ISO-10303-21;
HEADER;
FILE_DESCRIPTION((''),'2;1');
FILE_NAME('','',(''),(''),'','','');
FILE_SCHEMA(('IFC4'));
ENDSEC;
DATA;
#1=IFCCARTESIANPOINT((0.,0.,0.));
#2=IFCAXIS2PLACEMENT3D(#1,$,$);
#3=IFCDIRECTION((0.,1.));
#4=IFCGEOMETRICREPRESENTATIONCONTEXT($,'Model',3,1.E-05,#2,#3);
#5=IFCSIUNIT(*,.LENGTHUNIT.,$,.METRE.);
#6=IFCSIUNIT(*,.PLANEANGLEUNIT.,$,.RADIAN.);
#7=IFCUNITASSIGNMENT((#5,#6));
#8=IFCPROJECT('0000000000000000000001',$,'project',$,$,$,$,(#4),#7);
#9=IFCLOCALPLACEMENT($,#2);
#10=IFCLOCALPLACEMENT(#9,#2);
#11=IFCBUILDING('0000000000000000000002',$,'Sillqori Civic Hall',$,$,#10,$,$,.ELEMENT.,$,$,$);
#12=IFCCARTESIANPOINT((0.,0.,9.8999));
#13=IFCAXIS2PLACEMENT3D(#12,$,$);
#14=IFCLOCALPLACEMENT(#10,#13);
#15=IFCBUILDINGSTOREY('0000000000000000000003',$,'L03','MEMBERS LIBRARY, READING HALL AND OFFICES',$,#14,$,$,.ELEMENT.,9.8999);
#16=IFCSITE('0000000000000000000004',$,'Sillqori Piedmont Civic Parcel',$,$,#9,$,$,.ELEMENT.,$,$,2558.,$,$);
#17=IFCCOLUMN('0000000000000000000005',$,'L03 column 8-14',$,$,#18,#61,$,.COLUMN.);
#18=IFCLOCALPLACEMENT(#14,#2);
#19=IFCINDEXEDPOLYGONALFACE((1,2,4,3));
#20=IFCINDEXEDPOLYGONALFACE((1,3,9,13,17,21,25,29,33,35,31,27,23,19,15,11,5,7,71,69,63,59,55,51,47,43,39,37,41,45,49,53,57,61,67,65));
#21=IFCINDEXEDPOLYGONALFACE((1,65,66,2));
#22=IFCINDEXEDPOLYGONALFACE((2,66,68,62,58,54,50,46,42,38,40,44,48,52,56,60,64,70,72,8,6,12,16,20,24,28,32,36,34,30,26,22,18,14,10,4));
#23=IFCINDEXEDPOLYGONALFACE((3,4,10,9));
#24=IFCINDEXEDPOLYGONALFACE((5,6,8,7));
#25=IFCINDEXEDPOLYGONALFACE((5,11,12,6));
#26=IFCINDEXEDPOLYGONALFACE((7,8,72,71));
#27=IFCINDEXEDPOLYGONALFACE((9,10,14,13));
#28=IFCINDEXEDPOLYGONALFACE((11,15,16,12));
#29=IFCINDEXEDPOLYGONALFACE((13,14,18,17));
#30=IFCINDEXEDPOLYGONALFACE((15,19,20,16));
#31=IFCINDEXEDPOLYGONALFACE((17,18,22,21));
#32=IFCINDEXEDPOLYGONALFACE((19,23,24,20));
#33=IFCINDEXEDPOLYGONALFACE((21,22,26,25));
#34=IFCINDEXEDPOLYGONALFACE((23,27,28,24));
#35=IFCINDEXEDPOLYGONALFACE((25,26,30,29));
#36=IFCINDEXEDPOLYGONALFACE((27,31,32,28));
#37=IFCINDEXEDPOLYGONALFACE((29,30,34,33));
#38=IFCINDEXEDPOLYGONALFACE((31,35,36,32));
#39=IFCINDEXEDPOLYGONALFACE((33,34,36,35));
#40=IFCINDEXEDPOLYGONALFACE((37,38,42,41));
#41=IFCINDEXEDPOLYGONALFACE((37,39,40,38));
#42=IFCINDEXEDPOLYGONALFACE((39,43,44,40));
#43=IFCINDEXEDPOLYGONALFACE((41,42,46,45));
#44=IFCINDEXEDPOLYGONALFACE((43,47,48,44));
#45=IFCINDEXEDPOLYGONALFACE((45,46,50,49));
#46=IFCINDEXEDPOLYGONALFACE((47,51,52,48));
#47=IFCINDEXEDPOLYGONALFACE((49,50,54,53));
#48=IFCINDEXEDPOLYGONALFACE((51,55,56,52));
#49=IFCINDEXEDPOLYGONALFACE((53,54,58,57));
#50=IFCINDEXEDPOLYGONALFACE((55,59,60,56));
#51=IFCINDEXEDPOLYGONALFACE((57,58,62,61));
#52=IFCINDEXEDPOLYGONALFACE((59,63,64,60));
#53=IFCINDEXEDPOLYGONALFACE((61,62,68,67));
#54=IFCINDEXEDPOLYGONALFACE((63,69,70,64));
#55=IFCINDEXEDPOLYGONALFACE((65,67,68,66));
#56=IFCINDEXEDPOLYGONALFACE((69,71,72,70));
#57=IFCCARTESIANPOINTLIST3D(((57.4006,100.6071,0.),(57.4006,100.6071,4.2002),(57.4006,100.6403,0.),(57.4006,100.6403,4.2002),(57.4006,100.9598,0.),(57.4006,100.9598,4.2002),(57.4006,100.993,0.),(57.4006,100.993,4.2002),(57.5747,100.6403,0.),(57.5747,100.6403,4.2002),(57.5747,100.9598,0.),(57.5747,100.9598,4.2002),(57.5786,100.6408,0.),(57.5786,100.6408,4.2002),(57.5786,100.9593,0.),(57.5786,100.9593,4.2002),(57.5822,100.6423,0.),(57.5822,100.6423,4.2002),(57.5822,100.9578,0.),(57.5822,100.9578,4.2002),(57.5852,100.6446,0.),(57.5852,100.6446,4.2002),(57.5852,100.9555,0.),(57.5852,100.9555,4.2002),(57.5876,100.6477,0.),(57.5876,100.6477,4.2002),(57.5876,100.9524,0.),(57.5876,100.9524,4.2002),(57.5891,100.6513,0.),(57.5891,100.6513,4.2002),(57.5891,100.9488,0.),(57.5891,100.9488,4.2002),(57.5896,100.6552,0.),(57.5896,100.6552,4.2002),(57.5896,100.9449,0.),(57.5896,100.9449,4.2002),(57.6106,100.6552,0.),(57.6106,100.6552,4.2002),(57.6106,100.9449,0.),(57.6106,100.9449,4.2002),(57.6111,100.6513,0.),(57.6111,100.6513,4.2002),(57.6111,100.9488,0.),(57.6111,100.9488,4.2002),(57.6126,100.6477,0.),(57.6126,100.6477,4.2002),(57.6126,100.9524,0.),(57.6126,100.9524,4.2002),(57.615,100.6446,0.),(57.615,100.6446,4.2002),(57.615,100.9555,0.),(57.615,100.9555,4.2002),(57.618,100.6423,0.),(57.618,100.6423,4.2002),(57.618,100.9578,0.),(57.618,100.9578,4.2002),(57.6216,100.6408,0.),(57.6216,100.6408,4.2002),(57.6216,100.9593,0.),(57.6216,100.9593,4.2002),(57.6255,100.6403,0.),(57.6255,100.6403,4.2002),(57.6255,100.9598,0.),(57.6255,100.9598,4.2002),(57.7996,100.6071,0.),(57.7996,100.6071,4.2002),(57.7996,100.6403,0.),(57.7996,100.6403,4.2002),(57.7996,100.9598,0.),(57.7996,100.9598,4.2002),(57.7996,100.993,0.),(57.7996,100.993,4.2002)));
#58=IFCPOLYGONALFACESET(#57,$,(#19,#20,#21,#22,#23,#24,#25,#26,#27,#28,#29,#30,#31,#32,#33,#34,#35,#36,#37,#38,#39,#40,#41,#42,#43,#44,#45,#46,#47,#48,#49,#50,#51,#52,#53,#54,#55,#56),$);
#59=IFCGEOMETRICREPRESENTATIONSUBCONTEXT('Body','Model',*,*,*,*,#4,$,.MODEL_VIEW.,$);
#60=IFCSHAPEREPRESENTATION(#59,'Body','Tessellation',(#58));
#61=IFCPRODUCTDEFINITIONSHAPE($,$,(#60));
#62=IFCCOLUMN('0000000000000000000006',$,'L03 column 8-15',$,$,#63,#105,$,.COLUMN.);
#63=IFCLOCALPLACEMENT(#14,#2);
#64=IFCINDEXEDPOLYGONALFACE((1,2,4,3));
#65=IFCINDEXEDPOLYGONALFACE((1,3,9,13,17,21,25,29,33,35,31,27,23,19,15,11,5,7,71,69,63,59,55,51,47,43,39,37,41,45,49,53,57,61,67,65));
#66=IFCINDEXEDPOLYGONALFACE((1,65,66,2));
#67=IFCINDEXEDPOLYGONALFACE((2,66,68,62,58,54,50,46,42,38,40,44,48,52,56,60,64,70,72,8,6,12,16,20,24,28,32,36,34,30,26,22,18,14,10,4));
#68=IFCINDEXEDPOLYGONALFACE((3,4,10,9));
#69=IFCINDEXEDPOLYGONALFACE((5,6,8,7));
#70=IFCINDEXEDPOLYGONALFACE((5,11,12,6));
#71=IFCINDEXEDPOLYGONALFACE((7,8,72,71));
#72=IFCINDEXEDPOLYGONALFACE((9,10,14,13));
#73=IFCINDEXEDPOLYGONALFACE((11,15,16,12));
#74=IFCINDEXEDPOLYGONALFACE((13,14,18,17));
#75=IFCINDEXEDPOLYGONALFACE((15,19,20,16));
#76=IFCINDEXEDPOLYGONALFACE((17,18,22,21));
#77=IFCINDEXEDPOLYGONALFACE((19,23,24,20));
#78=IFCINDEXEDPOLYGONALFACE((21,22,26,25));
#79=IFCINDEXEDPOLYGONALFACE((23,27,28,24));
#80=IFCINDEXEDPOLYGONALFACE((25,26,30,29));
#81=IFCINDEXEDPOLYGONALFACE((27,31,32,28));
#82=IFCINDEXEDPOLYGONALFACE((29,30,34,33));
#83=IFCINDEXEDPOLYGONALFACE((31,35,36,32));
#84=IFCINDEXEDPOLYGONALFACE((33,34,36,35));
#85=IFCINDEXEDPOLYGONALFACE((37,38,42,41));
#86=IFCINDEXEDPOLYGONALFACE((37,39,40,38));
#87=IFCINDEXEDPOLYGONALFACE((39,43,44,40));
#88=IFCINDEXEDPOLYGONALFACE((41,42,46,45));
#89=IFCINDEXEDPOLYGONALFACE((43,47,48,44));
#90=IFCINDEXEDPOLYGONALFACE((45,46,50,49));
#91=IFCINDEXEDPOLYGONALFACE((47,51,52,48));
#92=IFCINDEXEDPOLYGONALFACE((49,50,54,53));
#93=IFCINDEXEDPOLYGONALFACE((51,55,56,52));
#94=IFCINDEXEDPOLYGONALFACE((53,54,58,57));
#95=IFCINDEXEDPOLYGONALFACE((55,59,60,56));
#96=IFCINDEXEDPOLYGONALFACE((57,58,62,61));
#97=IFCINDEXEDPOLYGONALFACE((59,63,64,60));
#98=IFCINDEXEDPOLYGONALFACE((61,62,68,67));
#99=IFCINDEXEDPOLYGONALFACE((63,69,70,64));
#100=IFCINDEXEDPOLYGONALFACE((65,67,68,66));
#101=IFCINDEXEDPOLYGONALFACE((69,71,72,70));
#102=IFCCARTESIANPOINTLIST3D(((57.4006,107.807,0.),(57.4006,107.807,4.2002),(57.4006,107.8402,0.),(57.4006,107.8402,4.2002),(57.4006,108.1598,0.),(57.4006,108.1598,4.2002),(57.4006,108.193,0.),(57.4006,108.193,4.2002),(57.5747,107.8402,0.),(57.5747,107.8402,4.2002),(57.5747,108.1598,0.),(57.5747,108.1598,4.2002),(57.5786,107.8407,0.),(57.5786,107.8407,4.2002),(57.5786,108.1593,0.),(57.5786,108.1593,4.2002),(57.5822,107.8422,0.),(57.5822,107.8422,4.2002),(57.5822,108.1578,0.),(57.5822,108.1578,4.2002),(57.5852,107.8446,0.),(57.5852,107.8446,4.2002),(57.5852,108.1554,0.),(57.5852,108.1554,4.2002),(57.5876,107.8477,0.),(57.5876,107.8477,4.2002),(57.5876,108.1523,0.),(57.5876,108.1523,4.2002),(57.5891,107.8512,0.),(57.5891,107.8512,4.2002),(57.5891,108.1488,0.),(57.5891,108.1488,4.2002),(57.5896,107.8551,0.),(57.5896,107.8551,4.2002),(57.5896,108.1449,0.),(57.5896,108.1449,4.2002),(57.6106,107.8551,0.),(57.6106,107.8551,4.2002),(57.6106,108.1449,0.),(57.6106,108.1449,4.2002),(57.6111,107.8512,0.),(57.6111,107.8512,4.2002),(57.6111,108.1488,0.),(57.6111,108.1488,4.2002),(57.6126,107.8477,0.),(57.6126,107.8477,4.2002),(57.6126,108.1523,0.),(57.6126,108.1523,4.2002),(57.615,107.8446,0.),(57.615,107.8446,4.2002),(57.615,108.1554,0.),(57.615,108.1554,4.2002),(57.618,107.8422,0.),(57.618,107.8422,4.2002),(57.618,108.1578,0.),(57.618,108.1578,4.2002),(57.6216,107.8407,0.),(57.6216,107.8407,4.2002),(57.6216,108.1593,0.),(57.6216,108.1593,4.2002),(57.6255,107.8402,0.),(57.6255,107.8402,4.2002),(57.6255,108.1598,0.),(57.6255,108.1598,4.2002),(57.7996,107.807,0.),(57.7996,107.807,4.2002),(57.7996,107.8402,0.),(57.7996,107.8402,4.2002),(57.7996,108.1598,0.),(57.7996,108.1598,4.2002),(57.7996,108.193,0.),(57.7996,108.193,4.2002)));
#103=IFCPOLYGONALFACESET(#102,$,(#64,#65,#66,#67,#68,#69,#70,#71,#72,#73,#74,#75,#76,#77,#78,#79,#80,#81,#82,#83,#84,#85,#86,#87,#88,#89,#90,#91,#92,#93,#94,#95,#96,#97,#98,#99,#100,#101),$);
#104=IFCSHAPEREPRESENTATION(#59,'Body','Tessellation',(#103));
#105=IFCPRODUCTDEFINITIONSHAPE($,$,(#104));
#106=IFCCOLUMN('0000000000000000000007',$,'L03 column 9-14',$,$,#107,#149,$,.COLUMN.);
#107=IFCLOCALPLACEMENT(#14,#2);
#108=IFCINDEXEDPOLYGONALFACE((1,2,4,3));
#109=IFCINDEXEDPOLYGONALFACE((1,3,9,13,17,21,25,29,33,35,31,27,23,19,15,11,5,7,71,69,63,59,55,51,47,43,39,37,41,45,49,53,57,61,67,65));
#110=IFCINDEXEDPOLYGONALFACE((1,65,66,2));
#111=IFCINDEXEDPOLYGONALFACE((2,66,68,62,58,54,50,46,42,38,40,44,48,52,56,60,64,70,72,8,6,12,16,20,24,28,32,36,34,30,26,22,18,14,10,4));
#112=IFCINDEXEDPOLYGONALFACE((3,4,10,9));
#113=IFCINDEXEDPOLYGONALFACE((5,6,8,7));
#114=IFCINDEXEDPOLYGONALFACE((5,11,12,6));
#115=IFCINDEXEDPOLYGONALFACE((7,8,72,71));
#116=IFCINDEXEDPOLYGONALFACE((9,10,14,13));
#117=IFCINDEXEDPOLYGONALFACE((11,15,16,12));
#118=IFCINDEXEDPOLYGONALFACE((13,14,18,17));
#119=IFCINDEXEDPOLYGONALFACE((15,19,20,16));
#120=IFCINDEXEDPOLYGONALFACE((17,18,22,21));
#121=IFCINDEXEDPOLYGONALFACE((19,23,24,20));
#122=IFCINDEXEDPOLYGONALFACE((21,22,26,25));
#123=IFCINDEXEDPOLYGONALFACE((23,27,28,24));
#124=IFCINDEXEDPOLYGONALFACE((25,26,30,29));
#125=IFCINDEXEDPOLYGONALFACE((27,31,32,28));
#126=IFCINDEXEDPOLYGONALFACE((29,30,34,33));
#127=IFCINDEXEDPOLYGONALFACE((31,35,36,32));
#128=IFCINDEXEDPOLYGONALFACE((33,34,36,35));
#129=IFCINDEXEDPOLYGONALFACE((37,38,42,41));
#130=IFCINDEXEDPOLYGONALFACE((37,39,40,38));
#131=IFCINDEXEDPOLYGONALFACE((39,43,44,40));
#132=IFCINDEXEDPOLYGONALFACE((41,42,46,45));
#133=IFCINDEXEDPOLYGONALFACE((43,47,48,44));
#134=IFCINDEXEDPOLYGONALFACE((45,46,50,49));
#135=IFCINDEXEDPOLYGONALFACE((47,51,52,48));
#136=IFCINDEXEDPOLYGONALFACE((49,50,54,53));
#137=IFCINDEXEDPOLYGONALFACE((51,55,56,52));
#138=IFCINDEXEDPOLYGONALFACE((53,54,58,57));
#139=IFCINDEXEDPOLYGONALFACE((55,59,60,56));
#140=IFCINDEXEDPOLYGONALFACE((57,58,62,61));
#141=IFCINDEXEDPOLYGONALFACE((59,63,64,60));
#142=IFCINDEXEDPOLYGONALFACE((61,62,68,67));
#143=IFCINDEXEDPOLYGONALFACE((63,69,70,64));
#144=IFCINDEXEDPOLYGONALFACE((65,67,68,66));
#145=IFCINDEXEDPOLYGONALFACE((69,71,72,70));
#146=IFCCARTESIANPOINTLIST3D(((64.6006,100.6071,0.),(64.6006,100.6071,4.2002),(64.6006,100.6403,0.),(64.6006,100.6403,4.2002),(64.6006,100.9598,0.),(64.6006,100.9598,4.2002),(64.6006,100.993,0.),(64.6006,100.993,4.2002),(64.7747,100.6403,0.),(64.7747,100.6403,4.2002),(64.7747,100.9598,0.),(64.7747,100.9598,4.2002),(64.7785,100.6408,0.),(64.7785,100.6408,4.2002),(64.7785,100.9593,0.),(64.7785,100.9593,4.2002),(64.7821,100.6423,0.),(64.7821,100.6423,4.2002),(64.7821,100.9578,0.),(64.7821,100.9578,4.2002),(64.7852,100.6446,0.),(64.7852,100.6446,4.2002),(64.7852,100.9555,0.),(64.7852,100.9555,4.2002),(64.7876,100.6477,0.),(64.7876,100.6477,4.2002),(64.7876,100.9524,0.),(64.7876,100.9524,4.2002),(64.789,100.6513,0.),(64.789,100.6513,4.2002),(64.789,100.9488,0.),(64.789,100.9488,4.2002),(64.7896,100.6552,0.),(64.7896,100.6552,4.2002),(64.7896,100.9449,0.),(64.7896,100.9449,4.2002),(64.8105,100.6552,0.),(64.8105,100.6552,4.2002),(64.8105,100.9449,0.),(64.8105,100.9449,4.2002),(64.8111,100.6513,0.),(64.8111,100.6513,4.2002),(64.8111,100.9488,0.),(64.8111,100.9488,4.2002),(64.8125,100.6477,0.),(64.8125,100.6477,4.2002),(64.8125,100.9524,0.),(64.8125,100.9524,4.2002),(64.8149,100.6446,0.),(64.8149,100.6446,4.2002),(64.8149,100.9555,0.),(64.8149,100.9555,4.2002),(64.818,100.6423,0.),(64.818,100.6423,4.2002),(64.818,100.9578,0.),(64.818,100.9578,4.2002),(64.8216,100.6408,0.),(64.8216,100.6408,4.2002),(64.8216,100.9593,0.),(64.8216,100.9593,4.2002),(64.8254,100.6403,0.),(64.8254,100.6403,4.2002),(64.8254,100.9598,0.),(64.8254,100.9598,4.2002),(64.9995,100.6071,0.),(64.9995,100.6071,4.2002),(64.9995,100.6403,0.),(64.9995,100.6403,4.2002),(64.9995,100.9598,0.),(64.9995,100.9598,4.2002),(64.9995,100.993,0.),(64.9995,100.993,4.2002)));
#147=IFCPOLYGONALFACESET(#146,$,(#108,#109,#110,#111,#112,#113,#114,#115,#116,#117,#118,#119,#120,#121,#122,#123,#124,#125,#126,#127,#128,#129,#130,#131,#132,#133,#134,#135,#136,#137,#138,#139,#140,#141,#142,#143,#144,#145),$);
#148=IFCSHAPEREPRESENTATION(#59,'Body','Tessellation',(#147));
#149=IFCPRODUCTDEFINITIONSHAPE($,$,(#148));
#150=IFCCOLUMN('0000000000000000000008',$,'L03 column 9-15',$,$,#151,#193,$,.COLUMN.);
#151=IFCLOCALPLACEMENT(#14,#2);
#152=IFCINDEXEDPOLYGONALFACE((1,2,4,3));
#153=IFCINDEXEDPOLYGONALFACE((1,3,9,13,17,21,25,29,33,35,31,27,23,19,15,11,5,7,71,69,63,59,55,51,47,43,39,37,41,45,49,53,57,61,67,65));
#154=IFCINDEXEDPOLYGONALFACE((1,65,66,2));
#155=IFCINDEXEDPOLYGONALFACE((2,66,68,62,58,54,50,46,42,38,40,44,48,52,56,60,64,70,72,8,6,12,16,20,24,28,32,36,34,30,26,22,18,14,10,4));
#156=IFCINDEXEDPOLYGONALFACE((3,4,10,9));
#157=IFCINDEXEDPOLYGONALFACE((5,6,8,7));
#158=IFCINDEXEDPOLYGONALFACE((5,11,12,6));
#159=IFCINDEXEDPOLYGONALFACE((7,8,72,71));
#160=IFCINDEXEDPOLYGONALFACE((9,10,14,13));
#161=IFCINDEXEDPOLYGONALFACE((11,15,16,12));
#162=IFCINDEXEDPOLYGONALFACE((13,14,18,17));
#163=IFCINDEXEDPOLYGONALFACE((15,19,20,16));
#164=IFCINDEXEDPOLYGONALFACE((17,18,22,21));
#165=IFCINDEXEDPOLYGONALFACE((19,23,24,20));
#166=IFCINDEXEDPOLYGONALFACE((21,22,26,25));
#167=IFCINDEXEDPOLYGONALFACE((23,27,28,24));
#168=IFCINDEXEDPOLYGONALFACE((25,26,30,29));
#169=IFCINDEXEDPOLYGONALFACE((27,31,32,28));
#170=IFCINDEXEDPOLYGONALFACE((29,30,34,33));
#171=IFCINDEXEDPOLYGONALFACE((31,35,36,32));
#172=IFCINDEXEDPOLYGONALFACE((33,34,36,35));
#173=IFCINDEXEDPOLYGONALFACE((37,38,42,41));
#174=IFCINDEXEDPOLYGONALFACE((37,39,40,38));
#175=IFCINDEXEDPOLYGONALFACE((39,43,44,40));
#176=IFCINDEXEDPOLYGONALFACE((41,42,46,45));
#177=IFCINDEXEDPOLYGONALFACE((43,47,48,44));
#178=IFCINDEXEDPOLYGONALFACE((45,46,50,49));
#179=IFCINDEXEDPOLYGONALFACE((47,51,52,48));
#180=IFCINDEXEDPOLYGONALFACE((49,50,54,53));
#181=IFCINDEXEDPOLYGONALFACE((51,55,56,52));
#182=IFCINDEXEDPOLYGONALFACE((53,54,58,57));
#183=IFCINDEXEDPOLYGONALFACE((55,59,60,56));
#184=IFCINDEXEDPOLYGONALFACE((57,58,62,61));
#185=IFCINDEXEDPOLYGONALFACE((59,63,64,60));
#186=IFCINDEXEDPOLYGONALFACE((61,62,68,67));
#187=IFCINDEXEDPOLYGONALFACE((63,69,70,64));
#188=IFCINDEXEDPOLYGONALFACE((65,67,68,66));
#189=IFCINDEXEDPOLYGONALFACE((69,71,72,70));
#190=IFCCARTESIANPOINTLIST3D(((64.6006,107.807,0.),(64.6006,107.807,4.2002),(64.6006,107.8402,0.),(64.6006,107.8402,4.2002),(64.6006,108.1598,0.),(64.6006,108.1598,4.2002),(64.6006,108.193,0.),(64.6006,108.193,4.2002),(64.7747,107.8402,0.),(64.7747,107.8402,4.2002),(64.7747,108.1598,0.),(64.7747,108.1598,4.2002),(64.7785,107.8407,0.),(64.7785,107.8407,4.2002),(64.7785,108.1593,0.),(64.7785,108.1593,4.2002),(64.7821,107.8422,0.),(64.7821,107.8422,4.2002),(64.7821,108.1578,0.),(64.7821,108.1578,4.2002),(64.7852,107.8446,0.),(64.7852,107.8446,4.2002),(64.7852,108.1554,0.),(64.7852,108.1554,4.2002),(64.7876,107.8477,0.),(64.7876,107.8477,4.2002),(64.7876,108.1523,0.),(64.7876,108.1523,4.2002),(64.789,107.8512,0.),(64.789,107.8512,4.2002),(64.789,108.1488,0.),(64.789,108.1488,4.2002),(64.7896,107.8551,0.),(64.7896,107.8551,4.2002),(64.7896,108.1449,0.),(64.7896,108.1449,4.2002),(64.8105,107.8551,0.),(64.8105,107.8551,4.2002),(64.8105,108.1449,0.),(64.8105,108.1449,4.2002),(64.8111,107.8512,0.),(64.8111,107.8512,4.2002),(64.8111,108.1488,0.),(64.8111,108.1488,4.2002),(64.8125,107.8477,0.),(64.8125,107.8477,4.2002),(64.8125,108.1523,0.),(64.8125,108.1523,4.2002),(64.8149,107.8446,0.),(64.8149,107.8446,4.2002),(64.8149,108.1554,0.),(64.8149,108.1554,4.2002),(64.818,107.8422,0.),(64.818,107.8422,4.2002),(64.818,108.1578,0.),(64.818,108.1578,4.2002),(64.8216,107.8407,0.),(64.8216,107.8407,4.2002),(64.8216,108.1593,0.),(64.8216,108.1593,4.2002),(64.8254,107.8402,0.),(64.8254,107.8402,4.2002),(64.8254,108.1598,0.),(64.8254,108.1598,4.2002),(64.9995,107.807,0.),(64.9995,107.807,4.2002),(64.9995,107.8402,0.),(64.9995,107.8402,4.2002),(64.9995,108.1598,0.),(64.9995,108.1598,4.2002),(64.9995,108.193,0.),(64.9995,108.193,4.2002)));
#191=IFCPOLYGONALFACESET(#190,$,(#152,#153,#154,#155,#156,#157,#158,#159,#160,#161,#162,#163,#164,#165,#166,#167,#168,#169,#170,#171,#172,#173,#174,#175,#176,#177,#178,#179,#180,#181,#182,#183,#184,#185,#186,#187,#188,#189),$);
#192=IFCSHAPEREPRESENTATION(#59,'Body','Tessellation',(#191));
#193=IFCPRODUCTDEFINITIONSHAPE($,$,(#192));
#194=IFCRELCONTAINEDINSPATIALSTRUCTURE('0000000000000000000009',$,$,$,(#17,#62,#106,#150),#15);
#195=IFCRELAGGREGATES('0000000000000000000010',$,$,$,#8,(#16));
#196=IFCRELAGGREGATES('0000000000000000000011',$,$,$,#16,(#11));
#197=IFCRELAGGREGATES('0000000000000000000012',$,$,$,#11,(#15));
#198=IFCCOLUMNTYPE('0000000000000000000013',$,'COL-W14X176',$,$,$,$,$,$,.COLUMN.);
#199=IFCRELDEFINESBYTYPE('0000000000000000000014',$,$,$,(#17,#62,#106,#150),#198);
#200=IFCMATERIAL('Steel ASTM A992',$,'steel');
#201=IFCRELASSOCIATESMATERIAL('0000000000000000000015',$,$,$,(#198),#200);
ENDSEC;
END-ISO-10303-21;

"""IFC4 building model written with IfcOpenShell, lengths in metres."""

from ifc_helpers import new_model, si_unit, direction, frame, origin, origin_2d, place, context, subcontext, project, spatial, i_section, extrude, material, material_profile, profile_set, type_object, element, save


model = new_model("IFC4")

# Units and contexts
model_context = context("Model", 3, precision=1e-05, world=origin(), true_north=direction((0.0, 1.0)))
body_context = subcontext(model_context, "Body", "Model", "MODEL_VIEW")
ifc_project = project(units=[si_unit("LENGTHUNIT", "METRE"), si_unit("PLANEANGLEUNIT", "RADIAN")], contexts=[model_context])

# Site, building, storey
site_placement = place(None, origin())
site = spatial("IfcSite", under=ifc_project, at=site_placement, Name="Sillqori Piedmont Civic Parcel", CompositionType="ELEMENT", RefElevation=2558.0)
building_placement = place(site_placement, origin())
building = spatial("IfcBuilding", under=site, at=building_placement, Name="Sillqori Civic Hall", CompositionType="ELEMENT")
storey_placement = place(building_placement, frame((0.0, 0.0, 9.8999)))
storey = spatial("IfcBuildingStorey", under=building, at=storey_placement, Name="L03", Description="MEMBERS LIBRARY, READING HALL AND OFFICES", CompositionType="ELEMENT", Elevation=9.8999)

# Columns
ifc_material_1 = material(Name="Steel ASTM A992", Category="steel")
ifc_material_profile_1 = material_profile(ifc_material_1, i_section(OverallWidth=0.3989, OverallDepth=0.386, WebThickness=0.021, FlangeThickness=0.0332, FilletRadius=0.0149, at=origin_2d()), Name="W14X176")
ifc_profile_set_1 = profile_set([ifc_material_profile_1], Name="Steel ASTM A992")
column_type = type_object("IfcColumnType", Name="COL-W14X176", PredefinedType="COLUMN", material=ifc_profile_set_1)
for number, where, z_axis, x_axis, name in (
    (1, (57.6001, 100.8, 0.0), (0.0, 0.0, 1.0), (1.0, 0.0, 0.0), "L03 column 8-14"),
    (2, (57.6001, 108.0, 0.0), (0.0, 0.0, 1.0), (1.0, 0.0, 0.0), "L03 column 8-15"),
    (3, (64.8, 100.8, 0.0), (0.0, 0.0, 1.0), (1.0, 0.0, 0.0), "L03 column 9-14"),
    (4, (64.8, 108.0, 0.0), (0.0, 0.0, 1.0), (1.0, 0.0, 0.0), "L03 column 9-15"),
):
    element("IfcColumn", number, at=place(storey_placement, frame(where, z_axis=z_axis, x_axis=x_axis)), inside=storey, type_object=column_type, Name=name, PredefinedType="COLUMN", context=body_context, shape_type="SweptSolid", body=[
        extrude(i_section(OverallWidth=0.3989, OverallDepth=0.386, WebThickness=0.021, FlangeThickness=0.0332, FilletRadius=0.0149, at=origin_2d()), origin(), (0.0, 0.0, 1.0), 4.2002),
    ])

save(model, "model.ifc")
